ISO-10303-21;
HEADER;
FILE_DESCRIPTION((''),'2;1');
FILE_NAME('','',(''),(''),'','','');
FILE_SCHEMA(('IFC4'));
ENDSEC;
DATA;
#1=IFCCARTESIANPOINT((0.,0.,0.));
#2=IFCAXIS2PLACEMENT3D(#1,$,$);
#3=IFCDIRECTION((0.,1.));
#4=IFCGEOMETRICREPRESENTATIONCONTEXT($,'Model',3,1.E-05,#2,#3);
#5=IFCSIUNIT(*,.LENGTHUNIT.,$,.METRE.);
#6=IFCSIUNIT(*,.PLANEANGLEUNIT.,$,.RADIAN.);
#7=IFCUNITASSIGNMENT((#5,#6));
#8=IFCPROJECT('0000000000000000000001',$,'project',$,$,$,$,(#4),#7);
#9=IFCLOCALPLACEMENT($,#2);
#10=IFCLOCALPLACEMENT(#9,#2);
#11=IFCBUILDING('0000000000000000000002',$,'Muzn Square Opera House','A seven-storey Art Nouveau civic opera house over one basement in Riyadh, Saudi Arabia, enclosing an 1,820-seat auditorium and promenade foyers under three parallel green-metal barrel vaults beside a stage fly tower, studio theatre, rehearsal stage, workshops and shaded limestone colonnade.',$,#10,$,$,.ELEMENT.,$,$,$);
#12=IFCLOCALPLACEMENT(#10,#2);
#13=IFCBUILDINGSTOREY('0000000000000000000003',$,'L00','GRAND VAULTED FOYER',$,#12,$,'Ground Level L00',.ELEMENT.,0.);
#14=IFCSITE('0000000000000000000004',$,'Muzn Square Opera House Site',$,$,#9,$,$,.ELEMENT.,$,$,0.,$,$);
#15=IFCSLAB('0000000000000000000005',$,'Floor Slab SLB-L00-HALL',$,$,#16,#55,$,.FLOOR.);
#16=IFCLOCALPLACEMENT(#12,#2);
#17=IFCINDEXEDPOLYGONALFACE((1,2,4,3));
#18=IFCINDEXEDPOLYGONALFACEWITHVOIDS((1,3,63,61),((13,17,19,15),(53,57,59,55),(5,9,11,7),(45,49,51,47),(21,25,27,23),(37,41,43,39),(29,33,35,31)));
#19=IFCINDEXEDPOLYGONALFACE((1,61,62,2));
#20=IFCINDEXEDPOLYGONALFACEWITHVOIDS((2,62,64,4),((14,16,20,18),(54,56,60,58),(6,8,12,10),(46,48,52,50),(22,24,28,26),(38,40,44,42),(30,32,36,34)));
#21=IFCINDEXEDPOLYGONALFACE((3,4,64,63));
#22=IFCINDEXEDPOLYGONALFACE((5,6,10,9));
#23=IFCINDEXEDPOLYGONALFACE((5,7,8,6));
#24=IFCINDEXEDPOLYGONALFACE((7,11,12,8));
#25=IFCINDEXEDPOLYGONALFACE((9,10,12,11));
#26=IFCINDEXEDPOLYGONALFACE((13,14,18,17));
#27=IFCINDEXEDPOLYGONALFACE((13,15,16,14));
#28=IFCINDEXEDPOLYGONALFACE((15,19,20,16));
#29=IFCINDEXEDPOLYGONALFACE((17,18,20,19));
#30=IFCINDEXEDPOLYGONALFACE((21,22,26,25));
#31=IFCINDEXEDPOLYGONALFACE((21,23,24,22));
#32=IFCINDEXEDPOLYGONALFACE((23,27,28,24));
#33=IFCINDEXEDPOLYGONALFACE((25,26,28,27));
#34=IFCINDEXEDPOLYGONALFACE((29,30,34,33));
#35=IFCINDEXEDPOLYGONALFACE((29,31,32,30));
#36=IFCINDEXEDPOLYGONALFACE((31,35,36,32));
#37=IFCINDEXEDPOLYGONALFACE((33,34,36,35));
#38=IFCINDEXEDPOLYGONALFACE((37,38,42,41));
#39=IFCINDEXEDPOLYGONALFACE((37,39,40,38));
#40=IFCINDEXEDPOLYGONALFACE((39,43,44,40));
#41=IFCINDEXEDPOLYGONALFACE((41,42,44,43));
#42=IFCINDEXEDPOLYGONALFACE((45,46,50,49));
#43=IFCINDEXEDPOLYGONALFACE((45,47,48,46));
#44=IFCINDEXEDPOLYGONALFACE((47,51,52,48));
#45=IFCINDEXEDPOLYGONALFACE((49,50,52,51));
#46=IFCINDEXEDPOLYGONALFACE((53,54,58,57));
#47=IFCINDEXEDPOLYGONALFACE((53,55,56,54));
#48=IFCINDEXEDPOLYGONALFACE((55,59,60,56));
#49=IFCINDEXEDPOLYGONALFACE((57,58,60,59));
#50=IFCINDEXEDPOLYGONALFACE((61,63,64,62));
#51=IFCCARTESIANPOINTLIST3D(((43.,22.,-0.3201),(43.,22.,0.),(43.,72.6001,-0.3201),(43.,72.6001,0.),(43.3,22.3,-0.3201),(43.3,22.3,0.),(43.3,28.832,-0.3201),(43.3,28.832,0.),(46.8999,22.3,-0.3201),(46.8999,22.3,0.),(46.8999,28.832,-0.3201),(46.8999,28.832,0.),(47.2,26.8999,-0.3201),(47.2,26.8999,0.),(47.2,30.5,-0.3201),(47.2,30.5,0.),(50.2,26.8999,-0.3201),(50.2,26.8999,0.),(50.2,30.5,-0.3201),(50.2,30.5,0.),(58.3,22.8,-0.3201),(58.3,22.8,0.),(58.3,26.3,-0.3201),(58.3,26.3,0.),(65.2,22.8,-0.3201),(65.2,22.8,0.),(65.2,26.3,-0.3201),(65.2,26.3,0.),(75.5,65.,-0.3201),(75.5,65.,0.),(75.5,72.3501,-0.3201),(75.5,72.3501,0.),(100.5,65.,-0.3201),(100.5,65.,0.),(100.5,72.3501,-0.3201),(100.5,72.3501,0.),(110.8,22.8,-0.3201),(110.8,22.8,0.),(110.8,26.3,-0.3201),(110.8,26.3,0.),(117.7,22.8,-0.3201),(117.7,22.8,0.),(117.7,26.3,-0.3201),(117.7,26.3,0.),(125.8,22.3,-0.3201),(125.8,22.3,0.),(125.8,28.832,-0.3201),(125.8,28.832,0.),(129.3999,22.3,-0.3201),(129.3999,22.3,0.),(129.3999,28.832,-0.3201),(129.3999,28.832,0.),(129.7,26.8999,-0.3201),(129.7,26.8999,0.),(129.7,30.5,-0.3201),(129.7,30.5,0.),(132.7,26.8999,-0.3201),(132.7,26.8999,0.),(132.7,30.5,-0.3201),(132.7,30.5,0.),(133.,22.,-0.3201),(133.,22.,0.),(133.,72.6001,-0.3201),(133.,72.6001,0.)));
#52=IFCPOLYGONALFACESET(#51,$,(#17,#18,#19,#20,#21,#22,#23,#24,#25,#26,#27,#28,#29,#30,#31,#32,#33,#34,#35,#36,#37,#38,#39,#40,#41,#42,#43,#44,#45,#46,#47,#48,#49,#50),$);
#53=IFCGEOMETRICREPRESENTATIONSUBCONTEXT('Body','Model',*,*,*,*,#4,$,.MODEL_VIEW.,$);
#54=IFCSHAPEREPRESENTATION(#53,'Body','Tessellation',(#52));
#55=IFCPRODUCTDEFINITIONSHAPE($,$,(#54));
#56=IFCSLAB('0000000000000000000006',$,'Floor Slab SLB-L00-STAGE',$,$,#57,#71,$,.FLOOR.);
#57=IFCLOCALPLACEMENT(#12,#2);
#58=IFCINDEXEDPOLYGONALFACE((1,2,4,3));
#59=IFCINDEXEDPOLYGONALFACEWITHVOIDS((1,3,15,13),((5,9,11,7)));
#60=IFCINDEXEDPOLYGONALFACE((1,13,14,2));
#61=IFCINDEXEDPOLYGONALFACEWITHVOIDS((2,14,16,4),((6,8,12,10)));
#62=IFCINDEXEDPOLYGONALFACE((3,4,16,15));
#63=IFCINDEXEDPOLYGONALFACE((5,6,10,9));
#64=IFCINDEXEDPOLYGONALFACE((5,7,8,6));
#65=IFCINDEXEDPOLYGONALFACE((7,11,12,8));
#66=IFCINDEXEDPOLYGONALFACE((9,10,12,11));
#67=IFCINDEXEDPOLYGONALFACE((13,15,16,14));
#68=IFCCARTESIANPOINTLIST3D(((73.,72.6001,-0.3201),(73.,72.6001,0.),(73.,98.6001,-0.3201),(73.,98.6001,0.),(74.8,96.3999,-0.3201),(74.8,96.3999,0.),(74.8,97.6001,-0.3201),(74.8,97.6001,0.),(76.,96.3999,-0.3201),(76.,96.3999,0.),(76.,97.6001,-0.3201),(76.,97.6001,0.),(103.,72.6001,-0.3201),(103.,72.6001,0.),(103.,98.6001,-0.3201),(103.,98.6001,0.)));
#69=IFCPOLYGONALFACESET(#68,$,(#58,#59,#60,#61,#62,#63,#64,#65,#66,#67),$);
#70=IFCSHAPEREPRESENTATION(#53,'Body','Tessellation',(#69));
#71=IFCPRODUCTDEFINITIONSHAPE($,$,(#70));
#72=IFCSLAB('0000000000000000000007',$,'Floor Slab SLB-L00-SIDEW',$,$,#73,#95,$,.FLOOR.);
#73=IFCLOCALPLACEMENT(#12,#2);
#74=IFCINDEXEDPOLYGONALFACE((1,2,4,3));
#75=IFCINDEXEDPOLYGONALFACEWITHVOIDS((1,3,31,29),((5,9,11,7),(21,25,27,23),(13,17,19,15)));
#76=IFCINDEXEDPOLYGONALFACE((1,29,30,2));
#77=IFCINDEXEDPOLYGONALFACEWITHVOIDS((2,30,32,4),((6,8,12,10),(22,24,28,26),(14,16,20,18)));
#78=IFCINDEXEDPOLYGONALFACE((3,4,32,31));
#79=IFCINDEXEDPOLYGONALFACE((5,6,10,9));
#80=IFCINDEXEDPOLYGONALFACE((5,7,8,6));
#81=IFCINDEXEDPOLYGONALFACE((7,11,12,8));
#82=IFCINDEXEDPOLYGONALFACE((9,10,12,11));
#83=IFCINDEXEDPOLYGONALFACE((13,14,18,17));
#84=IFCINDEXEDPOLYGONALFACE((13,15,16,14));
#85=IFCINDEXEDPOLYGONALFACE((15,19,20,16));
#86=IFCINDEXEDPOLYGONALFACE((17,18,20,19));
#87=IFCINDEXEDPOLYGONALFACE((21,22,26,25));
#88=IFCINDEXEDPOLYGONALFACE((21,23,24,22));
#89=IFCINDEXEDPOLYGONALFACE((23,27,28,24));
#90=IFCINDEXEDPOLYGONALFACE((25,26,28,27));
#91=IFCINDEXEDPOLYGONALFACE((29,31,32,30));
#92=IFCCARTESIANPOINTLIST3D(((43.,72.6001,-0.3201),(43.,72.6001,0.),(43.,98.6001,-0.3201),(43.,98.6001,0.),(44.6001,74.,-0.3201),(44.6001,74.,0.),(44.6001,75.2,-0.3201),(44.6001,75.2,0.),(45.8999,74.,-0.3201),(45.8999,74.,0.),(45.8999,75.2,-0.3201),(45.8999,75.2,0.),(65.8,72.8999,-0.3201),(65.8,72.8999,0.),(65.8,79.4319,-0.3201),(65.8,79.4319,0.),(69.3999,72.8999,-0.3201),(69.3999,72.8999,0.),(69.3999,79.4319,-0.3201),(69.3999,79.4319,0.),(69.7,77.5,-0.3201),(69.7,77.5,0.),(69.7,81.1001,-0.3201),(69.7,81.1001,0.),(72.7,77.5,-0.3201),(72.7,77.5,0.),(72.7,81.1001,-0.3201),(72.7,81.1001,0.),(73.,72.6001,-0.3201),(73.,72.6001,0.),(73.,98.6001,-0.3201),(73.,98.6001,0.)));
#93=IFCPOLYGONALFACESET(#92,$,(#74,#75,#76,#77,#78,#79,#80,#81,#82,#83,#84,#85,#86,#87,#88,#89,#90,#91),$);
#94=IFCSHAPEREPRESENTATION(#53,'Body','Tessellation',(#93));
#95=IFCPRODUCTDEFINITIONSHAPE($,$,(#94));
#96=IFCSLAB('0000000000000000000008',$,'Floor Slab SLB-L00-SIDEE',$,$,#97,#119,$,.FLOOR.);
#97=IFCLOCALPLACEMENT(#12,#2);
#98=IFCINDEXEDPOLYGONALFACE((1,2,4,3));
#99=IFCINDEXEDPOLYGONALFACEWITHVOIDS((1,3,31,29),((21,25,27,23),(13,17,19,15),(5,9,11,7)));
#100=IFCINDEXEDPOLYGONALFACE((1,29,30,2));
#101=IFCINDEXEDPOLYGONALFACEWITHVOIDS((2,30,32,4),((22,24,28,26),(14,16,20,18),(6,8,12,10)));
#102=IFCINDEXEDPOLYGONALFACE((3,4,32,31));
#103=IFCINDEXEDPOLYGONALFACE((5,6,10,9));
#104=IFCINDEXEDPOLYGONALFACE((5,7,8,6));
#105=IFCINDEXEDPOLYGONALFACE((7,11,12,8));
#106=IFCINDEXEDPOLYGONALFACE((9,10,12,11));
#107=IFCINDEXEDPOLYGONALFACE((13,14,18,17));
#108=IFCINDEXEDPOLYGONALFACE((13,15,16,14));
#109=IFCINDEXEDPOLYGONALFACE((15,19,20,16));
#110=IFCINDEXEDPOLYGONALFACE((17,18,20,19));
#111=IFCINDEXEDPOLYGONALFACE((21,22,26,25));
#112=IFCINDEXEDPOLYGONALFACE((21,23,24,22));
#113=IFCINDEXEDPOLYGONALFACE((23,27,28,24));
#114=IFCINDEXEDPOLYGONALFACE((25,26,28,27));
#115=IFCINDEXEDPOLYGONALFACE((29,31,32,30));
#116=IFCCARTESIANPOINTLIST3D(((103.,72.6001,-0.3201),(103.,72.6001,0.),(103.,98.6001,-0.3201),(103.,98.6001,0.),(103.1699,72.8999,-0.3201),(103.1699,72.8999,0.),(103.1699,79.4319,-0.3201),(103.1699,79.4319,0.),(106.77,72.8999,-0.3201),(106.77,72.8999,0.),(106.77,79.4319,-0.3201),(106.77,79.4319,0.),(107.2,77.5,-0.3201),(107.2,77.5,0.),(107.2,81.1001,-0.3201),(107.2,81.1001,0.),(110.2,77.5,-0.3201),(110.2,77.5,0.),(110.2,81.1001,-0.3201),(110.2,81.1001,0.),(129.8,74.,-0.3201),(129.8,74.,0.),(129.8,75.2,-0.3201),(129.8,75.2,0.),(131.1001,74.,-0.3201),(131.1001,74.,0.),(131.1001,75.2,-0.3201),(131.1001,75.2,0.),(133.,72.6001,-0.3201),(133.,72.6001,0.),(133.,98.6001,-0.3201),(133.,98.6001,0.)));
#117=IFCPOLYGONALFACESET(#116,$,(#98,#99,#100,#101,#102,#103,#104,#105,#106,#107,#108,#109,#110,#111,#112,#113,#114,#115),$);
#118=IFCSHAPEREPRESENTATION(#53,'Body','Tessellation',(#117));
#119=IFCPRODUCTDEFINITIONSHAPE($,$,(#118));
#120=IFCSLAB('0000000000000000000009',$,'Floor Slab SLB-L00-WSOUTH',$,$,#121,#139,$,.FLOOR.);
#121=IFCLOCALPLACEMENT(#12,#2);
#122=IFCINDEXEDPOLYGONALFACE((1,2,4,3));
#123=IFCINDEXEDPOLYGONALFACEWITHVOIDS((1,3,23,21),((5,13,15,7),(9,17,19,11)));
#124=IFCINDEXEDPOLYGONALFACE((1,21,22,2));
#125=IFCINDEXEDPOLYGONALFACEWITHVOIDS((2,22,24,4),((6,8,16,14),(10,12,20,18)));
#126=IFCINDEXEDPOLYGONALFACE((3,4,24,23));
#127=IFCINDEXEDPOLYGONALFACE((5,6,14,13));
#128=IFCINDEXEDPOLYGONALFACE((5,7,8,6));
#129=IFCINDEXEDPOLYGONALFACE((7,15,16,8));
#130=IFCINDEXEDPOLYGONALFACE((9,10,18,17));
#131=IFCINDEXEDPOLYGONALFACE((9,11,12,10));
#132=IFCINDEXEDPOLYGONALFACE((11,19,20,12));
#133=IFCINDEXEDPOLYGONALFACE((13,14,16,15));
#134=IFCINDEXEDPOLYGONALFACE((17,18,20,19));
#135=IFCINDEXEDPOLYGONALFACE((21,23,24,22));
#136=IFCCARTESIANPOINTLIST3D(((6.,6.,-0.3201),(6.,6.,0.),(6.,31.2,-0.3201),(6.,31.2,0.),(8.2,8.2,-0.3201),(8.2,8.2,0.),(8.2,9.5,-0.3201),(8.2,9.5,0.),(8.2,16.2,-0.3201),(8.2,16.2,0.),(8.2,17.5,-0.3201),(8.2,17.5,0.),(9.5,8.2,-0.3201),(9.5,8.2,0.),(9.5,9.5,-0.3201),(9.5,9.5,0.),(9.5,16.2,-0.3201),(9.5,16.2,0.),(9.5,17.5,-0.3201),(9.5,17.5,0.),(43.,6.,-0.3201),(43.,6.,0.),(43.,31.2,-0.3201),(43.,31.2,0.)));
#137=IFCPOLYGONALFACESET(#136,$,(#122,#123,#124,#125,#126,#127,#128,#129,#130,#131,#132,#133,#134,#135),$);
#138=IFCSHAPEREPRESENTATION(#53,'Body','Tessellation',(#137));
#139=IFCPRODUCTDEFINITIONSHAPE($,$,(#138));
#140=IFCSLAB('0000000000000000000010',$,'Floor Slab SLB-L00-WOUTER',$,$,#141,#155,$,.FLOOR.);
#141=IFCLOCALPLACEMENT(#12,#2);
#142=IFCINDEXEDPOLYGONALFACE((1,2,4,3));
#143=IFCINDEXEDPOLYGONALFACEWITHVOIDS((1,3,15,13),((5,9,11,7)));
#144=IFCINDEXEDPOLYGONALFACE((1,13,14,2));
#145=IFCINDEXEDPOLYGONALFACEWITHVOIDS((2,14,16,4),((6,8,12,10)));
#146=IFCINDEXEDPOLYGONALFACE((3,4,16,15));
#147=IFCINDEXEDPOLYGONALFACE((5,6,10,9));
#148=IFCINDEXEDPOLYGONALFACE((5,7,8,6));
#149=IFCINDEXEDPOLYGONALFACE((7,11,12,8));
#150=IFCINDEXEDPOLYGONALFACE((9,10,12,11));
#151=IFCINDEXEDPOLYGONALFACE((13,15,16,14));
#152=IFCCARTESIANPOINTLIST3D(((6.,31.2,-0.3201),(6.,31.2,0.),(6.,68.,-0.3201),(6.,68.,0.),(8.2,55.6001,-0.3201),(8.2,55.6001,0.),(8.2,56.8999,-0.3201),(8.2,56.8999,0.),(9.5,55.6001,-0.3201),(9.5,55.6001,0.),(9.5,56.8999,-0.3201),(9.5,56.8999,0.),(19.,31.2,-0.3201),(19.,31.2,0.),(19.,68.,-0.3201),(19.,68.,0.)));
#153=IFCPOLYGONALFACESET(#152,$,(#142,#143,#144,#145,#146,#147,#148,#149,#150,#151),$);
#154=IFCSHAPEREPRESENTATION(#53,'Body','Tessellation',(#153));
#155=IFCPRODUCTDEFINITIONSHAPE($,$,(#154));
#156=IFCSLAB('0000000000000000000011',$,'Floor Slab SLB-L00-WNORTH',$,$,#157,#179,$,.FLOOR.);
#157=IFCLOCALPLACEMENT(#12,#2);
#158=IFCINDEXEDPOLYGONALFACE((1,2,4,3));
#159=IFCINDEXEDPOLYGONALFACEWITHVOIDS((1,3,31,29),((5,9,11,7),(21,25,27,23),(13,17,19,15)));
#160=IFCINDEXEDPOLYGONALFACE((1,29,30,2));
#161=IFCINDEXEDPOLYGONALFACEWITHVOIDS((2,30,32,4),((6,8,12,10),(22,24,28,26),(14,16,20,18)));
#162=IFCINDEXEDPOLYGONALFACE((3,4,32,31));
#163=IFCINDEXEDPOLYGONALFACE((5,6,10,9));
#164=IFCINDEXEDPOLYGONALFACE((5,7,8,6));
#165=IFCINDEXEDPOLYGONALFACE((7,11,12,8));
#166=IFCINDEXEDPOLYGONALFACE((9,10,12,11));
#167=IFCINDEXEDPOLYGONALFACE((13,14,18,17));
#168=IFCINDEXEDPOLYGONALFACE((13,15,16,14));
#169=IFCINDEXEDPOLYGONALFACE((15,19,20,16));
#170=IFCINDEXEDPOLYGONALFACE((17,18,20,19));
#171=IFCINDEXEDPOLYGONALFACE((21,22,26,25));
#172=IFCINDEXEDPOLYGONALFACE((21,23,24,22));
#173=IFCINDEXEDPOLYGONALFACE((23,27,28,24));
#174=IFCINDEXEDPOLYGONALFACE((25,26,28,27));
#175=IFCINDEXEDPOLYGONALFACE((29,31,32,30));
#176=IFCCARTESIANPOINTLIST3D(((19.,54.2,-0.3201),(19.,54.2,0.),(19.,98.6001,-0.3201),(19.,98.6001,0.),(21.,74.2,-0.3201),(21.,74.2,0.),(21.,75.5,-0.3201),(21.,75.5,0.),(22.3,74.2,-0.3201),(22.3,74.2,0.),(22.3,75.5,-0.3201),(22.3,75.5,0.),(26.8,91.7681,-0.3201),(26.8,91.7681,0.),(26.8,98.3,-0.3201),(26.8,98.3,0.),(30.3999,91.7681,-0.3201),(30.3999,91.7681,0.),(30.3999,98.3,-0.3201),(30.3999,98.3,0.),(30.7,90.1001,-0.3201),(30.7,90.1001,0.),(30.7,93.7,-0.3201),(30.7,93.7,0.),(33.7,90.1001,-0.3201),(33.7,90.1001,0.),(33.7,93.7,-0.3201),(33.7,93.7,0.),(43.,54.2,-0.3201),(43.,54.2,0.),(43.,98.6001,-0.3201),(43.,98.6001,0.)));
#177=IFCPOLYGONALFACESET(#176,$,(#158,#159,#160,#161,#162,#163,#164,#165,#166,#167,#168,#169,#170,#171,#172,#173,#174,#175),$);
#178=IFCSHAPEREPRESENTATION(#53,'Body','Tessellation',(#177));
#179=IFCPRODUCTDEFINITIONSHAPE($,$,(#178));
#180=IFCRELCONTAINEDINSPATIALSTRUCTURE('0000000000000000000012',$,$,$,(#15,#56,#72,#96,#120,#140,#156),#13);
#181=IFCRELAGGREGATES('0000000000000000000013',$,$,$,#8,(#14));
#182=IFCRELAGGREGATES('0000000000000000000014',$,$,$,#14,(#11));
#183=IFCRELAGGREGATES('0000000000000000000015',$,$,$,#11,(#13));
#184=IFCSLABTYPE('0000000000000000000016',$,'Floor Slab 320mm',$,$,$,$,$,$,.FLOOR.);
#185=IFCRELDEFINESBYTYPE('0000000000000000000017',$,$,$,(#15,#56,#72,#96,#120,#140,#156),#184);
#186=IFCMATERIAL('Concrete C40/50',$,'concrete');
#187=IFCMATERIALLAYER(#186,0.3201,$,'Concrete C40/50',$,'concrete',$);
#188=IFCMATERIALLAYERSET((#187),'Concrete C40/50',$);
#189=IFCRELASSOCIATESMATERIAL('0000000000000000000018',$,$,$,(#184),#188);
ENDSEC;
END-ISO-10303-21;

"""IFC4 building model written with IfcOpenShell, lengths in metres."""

from ifc_helpers import new_model, si_unit, direction, frame, origin, place, context, subcontext, project, spatial, polyline, outline, extrude, material, layer, layer_set, type_object, element, save


model = new_model("IFC4")

# Units and contexts
model_context = context("Model", 3, precision=1e-05, world=origin(), true_north=direction((0.0, 1.0)))
body_context = subcontext(model_context, "Body", "Model", "MODEL_VIEW")
ifc_project = project(units=[si_unit("LENGTHUNIT", "METRE"), si_unit("PLANEANGLEUNIT", "RADIAN")], contexts=[model_context])

# Site, building, storey
site_placement = place(None, origin())
site = spatial("IfcSite", under=ifc_project, at=site_placement, Name="Muzn Square Opera House Site", CompositionType="ELEMENT", RefElevation=0.0)
building_placement = place(site_placement, origin())
building = spatial("IfcBuilding", under=site, at=building_placement, Name="Muzn Square Opera House", Description="A seven-storey Art Nouveau civic opera house over one basement in Riyadh, Saudi Arabia, enclosing an 1,820-seat auditorium and promenade foyers under three parallel green-metal barrel vaults beside a stage fly tower, studio theatre, rehearsal stage, workshops and shaded limestone colonnade.", CompositionType="ELEMENT")
storey_placement = place(building_placement, origin())
storey = spatial("IfcBuildingStorey", under=building, at=storey_placement, Name="L00", Description="GRAND VAULTED FOYER", LongName="Ground Level L00", CompositionType="ELEMENT", Elevation=0.0)

# Slabs
ifc_material_1 = material(Name="Concrete C40/50", Category="concrete")
ifc_layer_1 = layer(ifc_material_1, 0.3201, Name="Concrete C40/50", Category="concrete")
ifc_layer_set_1 = layer_set([ifc_layer_1], Name="Concrete C40/50")
slab_type_1 = type_object("IfcSlabType", Name="Floor Slab 320mm", PredefinedType="FLOOR", material=ifc_layer_set_1)
slab_1_placement = place(storey_placement, frame((0.0, 0.0, -0.3201)))
element("IfcSlab", 1, at=slab_1_placement, inside=storey, type_object=slab_type_1, Name="Floor Slab SLB-L00-HALL", PredefinedType="FLOOR", context=body_context, shape_type="SweptSolid", body=[
    extrude(outline(polyline([(43.0, 22.0), (133.0, 22.0), (133.0, 72.6001), (43.0, 72.6001), (43.0, 22.0)]), holes=[polyline([(75.5, 65.0), (100.5, 65.0), (100.5, 72.3501), (75.5, 72.3501), (75.5, 65.0)]), polyline([(43.3, 22.3), (46.8999, 22.3), (46.8999, 28.832), (43.3, 28.832), (43.3, 22.3)]), polyline([(47.2, 26.8999), (50.2, 26.8999), (50.2, 30.5), (47.2, 30.5), (47.2, 26.8999)]), polyline([(125.8, 22.3), (129.3999, 22.3), (129.3999, 28.832), (125.8, 28.832), (125.8, 22.3)]), polyline([(129.7, 26.8999), (132.7, 26.8999), (132.7, 30.5), (129.7, 30.5), (129.7, 26.8999)]), polyline([(58.3, 22.8), (65.2, 22.8), (65.2, 26.3), (58.3, 26.3), (58.3, 22.8)]), polyline([(110.8, 22.8), (117.7, 22.8), (117.7, 26.3), (110.8, 26.3), (110.8, 22.8)])]), origin(), (0.0, 0.0, 1.0), 0.3201),
])
slab_2_placement = place(storey_placement, frame((0.0, 0.0, -0.3201)))
element("IfcSlab", 2, at=slab_2_placement, inside=storey, type_object=slab_type_1, Name="Floor Slab SLB-L00-STAGE", PredefinedType="FLOOR", context=body_context, shape_type="SweptSolid", body=[
    extrude(outline(polyline([(73.0, 72.6001), (103.0, 72.6001), (103.0, 98.6001), (73.0, 98.6001), (73.0, 72.6001)]), holes=[polyline([(74.8, 96.3999), (76.0, 96.3999), (76.0, 97.6001), (74.8, 97.6001), (74.8, 96.3999)])]), origin(), (0.0, 0.0, 1.0), 0.3201),
])
slab_3_placement = place(storey_placement, frame((0.0, 0.0, -0.3201)))
element("IfcSlab", 3, at=slab_3_placement, inside=storey, type_object=slab_type_1, Name="Floor Slab SLB-L00-SIDEW", PredefinedType="FLOOR", context=body_context, shape_type="SweptSolid", body=[
    extrude(outline(polyline([(43.0, 72.6001), (73.0, 72.6001), (73.0, 98.6001), (43.0, 98.6001), (43.0, 72.6001)]), holes=[polyline([(65.8, 72.8999), (69.3999, 72.8999), (69.3999, 79.4319), (65.8, 79.4319), (65.8, 72.8999)]), polyline([(69.7, 77.5), (72.7, 77.5), (72.7, 81.1001), (69.7, 81.1001), (69.7, 77.5)]), polyline([(44.6001, 74.0), (45.8999, 74.0), (45.8999, 75.2), (44.6001, 75.2), (44.6001, 74.0)])]), origin(), (0.0, 0.0, 1.0), 0.3201),
])
slab_4_placement = place(storey_placement, frame((0.0, 0.0, -0.3201)))
element("IfcSlab", 4, at=slab_4_placement, inside=storey, type_object=slab_type_1, Name="Floor Slab SLB-L00-SIDEE", PredefinedType="FLOOR", context=body_context, shape_type="SweptSolid", body=[
    extrude(outline(polyline([(103.0, 72.6001), (133.0, 72.6001), (133.0, 98.6001), (103.0, 98.6001), (103.0, 72.6001)]), holes=[polyline([(103.1699, 72.8999), (106.77, 72.8999), (106.77, 79.4319), (103.1699, 79.4319), (103.1699, 72.8999)]), polyline([(107.2, 77.5), (110.2, 77.5), (110.2, 81.1001), (107.2, 81.1001), (107.2, 77.5)]), polyline([(129.8, 74.0), (131.1001, 74.0), (131.1001, 75.2), (129.8, 75.2), (129.8, 74.0)])]), origin(), (0.0, 0.0, 1.0), 0.3201),
])
slab_5_placement = place(storey_placement, frame((0.0, 0.0, -0.3201)))
element("IfcSlab", 5, at=slab_5_placement, inside=storey, type_object=slab_type_1, Name="Floor Slab SLB-L00-WSOUTH", PredefinedType="FLOOR", context=body_context, shape_type="SweptSolid", body=[
    extrude(outline(polyline([(6.0, 6.0), (43.0, 6.0), (43.0, 31.2), (6.0, 31.2), (6.0, 6.0)]), holes=[polyline([(8.2, 8.2), (9.5, 8.2), (9.5, 9.5), (8.2, 9.5), (8.2, 8.2)]), polyline([(8.2, 16.2), (9.5, 16.2), (9.5, 17.5), (8.2, 17.5), (8.2, 16.2)])]), origin(), (0.0, 0.0, 1.0), 0.3201),
])
slab_6_placement = place(storey_placement, frame((0.0, 0.0, -0.3201)))
element("IfcSlab", 6, at=slab_6_placement, inside=storey, type_object=slab_type_1, Name="Floor Slab SLB-L00-WOUTER", PredefinedType="FLOOR", context=body_context, shape_type="SweptSolid", body=[
    extrude(outline(polyline([(6.0, 31.2), (19.0, 31.2), (19.0, 68.0), (6.0, 68.0), (6.0, 31.2)]), holes=[polyline([(8.2, 55.6001), (9.5, 55.6001), (9.5, 56.8999), (8.2, 56.8999), (8.2, 55.6001)])]), origin(), (0.0, 0.0, 1.0), 0.3201),
])
slab_7_placement = place(storey_placement, frame((0.0, 0.0, -0.3201)))
element("IfcSlab", 7, at=slab_7_placement, inside=storey, type_object=slab_type_1, Name="Floor Slab SLB-L00-WNORTH", PredefinedType="FLOOR", context=body_context, shape_type="SweptSolid", body=[
    extrude(outline(polyline([(19.0, 54.2), (43.0, 54.2), (43.0, 98.6001), (19.0, 98.6001), (19.0, 54.2)]), holes=[polyline([(26.8, 91.7681), (30.3999, 91.7681), (30.3999, 98.3), (26.8, 98.3), (26.8, 91.7681)]), polyline([(30.7, 90.1001), (33.7, 90.1001), (33.7, 93.7), (30.7, 93.7), (30.7, 90.1001)]), polyline([(21.0, 74.2), (22.3, 74.2), (22.3, 75.5), (21.0, 75.5), (21.0, 74.2)])]), origin(), (0.0, 0.0, 1.0), 0.3201),
])

save(model, "model.ifc")
